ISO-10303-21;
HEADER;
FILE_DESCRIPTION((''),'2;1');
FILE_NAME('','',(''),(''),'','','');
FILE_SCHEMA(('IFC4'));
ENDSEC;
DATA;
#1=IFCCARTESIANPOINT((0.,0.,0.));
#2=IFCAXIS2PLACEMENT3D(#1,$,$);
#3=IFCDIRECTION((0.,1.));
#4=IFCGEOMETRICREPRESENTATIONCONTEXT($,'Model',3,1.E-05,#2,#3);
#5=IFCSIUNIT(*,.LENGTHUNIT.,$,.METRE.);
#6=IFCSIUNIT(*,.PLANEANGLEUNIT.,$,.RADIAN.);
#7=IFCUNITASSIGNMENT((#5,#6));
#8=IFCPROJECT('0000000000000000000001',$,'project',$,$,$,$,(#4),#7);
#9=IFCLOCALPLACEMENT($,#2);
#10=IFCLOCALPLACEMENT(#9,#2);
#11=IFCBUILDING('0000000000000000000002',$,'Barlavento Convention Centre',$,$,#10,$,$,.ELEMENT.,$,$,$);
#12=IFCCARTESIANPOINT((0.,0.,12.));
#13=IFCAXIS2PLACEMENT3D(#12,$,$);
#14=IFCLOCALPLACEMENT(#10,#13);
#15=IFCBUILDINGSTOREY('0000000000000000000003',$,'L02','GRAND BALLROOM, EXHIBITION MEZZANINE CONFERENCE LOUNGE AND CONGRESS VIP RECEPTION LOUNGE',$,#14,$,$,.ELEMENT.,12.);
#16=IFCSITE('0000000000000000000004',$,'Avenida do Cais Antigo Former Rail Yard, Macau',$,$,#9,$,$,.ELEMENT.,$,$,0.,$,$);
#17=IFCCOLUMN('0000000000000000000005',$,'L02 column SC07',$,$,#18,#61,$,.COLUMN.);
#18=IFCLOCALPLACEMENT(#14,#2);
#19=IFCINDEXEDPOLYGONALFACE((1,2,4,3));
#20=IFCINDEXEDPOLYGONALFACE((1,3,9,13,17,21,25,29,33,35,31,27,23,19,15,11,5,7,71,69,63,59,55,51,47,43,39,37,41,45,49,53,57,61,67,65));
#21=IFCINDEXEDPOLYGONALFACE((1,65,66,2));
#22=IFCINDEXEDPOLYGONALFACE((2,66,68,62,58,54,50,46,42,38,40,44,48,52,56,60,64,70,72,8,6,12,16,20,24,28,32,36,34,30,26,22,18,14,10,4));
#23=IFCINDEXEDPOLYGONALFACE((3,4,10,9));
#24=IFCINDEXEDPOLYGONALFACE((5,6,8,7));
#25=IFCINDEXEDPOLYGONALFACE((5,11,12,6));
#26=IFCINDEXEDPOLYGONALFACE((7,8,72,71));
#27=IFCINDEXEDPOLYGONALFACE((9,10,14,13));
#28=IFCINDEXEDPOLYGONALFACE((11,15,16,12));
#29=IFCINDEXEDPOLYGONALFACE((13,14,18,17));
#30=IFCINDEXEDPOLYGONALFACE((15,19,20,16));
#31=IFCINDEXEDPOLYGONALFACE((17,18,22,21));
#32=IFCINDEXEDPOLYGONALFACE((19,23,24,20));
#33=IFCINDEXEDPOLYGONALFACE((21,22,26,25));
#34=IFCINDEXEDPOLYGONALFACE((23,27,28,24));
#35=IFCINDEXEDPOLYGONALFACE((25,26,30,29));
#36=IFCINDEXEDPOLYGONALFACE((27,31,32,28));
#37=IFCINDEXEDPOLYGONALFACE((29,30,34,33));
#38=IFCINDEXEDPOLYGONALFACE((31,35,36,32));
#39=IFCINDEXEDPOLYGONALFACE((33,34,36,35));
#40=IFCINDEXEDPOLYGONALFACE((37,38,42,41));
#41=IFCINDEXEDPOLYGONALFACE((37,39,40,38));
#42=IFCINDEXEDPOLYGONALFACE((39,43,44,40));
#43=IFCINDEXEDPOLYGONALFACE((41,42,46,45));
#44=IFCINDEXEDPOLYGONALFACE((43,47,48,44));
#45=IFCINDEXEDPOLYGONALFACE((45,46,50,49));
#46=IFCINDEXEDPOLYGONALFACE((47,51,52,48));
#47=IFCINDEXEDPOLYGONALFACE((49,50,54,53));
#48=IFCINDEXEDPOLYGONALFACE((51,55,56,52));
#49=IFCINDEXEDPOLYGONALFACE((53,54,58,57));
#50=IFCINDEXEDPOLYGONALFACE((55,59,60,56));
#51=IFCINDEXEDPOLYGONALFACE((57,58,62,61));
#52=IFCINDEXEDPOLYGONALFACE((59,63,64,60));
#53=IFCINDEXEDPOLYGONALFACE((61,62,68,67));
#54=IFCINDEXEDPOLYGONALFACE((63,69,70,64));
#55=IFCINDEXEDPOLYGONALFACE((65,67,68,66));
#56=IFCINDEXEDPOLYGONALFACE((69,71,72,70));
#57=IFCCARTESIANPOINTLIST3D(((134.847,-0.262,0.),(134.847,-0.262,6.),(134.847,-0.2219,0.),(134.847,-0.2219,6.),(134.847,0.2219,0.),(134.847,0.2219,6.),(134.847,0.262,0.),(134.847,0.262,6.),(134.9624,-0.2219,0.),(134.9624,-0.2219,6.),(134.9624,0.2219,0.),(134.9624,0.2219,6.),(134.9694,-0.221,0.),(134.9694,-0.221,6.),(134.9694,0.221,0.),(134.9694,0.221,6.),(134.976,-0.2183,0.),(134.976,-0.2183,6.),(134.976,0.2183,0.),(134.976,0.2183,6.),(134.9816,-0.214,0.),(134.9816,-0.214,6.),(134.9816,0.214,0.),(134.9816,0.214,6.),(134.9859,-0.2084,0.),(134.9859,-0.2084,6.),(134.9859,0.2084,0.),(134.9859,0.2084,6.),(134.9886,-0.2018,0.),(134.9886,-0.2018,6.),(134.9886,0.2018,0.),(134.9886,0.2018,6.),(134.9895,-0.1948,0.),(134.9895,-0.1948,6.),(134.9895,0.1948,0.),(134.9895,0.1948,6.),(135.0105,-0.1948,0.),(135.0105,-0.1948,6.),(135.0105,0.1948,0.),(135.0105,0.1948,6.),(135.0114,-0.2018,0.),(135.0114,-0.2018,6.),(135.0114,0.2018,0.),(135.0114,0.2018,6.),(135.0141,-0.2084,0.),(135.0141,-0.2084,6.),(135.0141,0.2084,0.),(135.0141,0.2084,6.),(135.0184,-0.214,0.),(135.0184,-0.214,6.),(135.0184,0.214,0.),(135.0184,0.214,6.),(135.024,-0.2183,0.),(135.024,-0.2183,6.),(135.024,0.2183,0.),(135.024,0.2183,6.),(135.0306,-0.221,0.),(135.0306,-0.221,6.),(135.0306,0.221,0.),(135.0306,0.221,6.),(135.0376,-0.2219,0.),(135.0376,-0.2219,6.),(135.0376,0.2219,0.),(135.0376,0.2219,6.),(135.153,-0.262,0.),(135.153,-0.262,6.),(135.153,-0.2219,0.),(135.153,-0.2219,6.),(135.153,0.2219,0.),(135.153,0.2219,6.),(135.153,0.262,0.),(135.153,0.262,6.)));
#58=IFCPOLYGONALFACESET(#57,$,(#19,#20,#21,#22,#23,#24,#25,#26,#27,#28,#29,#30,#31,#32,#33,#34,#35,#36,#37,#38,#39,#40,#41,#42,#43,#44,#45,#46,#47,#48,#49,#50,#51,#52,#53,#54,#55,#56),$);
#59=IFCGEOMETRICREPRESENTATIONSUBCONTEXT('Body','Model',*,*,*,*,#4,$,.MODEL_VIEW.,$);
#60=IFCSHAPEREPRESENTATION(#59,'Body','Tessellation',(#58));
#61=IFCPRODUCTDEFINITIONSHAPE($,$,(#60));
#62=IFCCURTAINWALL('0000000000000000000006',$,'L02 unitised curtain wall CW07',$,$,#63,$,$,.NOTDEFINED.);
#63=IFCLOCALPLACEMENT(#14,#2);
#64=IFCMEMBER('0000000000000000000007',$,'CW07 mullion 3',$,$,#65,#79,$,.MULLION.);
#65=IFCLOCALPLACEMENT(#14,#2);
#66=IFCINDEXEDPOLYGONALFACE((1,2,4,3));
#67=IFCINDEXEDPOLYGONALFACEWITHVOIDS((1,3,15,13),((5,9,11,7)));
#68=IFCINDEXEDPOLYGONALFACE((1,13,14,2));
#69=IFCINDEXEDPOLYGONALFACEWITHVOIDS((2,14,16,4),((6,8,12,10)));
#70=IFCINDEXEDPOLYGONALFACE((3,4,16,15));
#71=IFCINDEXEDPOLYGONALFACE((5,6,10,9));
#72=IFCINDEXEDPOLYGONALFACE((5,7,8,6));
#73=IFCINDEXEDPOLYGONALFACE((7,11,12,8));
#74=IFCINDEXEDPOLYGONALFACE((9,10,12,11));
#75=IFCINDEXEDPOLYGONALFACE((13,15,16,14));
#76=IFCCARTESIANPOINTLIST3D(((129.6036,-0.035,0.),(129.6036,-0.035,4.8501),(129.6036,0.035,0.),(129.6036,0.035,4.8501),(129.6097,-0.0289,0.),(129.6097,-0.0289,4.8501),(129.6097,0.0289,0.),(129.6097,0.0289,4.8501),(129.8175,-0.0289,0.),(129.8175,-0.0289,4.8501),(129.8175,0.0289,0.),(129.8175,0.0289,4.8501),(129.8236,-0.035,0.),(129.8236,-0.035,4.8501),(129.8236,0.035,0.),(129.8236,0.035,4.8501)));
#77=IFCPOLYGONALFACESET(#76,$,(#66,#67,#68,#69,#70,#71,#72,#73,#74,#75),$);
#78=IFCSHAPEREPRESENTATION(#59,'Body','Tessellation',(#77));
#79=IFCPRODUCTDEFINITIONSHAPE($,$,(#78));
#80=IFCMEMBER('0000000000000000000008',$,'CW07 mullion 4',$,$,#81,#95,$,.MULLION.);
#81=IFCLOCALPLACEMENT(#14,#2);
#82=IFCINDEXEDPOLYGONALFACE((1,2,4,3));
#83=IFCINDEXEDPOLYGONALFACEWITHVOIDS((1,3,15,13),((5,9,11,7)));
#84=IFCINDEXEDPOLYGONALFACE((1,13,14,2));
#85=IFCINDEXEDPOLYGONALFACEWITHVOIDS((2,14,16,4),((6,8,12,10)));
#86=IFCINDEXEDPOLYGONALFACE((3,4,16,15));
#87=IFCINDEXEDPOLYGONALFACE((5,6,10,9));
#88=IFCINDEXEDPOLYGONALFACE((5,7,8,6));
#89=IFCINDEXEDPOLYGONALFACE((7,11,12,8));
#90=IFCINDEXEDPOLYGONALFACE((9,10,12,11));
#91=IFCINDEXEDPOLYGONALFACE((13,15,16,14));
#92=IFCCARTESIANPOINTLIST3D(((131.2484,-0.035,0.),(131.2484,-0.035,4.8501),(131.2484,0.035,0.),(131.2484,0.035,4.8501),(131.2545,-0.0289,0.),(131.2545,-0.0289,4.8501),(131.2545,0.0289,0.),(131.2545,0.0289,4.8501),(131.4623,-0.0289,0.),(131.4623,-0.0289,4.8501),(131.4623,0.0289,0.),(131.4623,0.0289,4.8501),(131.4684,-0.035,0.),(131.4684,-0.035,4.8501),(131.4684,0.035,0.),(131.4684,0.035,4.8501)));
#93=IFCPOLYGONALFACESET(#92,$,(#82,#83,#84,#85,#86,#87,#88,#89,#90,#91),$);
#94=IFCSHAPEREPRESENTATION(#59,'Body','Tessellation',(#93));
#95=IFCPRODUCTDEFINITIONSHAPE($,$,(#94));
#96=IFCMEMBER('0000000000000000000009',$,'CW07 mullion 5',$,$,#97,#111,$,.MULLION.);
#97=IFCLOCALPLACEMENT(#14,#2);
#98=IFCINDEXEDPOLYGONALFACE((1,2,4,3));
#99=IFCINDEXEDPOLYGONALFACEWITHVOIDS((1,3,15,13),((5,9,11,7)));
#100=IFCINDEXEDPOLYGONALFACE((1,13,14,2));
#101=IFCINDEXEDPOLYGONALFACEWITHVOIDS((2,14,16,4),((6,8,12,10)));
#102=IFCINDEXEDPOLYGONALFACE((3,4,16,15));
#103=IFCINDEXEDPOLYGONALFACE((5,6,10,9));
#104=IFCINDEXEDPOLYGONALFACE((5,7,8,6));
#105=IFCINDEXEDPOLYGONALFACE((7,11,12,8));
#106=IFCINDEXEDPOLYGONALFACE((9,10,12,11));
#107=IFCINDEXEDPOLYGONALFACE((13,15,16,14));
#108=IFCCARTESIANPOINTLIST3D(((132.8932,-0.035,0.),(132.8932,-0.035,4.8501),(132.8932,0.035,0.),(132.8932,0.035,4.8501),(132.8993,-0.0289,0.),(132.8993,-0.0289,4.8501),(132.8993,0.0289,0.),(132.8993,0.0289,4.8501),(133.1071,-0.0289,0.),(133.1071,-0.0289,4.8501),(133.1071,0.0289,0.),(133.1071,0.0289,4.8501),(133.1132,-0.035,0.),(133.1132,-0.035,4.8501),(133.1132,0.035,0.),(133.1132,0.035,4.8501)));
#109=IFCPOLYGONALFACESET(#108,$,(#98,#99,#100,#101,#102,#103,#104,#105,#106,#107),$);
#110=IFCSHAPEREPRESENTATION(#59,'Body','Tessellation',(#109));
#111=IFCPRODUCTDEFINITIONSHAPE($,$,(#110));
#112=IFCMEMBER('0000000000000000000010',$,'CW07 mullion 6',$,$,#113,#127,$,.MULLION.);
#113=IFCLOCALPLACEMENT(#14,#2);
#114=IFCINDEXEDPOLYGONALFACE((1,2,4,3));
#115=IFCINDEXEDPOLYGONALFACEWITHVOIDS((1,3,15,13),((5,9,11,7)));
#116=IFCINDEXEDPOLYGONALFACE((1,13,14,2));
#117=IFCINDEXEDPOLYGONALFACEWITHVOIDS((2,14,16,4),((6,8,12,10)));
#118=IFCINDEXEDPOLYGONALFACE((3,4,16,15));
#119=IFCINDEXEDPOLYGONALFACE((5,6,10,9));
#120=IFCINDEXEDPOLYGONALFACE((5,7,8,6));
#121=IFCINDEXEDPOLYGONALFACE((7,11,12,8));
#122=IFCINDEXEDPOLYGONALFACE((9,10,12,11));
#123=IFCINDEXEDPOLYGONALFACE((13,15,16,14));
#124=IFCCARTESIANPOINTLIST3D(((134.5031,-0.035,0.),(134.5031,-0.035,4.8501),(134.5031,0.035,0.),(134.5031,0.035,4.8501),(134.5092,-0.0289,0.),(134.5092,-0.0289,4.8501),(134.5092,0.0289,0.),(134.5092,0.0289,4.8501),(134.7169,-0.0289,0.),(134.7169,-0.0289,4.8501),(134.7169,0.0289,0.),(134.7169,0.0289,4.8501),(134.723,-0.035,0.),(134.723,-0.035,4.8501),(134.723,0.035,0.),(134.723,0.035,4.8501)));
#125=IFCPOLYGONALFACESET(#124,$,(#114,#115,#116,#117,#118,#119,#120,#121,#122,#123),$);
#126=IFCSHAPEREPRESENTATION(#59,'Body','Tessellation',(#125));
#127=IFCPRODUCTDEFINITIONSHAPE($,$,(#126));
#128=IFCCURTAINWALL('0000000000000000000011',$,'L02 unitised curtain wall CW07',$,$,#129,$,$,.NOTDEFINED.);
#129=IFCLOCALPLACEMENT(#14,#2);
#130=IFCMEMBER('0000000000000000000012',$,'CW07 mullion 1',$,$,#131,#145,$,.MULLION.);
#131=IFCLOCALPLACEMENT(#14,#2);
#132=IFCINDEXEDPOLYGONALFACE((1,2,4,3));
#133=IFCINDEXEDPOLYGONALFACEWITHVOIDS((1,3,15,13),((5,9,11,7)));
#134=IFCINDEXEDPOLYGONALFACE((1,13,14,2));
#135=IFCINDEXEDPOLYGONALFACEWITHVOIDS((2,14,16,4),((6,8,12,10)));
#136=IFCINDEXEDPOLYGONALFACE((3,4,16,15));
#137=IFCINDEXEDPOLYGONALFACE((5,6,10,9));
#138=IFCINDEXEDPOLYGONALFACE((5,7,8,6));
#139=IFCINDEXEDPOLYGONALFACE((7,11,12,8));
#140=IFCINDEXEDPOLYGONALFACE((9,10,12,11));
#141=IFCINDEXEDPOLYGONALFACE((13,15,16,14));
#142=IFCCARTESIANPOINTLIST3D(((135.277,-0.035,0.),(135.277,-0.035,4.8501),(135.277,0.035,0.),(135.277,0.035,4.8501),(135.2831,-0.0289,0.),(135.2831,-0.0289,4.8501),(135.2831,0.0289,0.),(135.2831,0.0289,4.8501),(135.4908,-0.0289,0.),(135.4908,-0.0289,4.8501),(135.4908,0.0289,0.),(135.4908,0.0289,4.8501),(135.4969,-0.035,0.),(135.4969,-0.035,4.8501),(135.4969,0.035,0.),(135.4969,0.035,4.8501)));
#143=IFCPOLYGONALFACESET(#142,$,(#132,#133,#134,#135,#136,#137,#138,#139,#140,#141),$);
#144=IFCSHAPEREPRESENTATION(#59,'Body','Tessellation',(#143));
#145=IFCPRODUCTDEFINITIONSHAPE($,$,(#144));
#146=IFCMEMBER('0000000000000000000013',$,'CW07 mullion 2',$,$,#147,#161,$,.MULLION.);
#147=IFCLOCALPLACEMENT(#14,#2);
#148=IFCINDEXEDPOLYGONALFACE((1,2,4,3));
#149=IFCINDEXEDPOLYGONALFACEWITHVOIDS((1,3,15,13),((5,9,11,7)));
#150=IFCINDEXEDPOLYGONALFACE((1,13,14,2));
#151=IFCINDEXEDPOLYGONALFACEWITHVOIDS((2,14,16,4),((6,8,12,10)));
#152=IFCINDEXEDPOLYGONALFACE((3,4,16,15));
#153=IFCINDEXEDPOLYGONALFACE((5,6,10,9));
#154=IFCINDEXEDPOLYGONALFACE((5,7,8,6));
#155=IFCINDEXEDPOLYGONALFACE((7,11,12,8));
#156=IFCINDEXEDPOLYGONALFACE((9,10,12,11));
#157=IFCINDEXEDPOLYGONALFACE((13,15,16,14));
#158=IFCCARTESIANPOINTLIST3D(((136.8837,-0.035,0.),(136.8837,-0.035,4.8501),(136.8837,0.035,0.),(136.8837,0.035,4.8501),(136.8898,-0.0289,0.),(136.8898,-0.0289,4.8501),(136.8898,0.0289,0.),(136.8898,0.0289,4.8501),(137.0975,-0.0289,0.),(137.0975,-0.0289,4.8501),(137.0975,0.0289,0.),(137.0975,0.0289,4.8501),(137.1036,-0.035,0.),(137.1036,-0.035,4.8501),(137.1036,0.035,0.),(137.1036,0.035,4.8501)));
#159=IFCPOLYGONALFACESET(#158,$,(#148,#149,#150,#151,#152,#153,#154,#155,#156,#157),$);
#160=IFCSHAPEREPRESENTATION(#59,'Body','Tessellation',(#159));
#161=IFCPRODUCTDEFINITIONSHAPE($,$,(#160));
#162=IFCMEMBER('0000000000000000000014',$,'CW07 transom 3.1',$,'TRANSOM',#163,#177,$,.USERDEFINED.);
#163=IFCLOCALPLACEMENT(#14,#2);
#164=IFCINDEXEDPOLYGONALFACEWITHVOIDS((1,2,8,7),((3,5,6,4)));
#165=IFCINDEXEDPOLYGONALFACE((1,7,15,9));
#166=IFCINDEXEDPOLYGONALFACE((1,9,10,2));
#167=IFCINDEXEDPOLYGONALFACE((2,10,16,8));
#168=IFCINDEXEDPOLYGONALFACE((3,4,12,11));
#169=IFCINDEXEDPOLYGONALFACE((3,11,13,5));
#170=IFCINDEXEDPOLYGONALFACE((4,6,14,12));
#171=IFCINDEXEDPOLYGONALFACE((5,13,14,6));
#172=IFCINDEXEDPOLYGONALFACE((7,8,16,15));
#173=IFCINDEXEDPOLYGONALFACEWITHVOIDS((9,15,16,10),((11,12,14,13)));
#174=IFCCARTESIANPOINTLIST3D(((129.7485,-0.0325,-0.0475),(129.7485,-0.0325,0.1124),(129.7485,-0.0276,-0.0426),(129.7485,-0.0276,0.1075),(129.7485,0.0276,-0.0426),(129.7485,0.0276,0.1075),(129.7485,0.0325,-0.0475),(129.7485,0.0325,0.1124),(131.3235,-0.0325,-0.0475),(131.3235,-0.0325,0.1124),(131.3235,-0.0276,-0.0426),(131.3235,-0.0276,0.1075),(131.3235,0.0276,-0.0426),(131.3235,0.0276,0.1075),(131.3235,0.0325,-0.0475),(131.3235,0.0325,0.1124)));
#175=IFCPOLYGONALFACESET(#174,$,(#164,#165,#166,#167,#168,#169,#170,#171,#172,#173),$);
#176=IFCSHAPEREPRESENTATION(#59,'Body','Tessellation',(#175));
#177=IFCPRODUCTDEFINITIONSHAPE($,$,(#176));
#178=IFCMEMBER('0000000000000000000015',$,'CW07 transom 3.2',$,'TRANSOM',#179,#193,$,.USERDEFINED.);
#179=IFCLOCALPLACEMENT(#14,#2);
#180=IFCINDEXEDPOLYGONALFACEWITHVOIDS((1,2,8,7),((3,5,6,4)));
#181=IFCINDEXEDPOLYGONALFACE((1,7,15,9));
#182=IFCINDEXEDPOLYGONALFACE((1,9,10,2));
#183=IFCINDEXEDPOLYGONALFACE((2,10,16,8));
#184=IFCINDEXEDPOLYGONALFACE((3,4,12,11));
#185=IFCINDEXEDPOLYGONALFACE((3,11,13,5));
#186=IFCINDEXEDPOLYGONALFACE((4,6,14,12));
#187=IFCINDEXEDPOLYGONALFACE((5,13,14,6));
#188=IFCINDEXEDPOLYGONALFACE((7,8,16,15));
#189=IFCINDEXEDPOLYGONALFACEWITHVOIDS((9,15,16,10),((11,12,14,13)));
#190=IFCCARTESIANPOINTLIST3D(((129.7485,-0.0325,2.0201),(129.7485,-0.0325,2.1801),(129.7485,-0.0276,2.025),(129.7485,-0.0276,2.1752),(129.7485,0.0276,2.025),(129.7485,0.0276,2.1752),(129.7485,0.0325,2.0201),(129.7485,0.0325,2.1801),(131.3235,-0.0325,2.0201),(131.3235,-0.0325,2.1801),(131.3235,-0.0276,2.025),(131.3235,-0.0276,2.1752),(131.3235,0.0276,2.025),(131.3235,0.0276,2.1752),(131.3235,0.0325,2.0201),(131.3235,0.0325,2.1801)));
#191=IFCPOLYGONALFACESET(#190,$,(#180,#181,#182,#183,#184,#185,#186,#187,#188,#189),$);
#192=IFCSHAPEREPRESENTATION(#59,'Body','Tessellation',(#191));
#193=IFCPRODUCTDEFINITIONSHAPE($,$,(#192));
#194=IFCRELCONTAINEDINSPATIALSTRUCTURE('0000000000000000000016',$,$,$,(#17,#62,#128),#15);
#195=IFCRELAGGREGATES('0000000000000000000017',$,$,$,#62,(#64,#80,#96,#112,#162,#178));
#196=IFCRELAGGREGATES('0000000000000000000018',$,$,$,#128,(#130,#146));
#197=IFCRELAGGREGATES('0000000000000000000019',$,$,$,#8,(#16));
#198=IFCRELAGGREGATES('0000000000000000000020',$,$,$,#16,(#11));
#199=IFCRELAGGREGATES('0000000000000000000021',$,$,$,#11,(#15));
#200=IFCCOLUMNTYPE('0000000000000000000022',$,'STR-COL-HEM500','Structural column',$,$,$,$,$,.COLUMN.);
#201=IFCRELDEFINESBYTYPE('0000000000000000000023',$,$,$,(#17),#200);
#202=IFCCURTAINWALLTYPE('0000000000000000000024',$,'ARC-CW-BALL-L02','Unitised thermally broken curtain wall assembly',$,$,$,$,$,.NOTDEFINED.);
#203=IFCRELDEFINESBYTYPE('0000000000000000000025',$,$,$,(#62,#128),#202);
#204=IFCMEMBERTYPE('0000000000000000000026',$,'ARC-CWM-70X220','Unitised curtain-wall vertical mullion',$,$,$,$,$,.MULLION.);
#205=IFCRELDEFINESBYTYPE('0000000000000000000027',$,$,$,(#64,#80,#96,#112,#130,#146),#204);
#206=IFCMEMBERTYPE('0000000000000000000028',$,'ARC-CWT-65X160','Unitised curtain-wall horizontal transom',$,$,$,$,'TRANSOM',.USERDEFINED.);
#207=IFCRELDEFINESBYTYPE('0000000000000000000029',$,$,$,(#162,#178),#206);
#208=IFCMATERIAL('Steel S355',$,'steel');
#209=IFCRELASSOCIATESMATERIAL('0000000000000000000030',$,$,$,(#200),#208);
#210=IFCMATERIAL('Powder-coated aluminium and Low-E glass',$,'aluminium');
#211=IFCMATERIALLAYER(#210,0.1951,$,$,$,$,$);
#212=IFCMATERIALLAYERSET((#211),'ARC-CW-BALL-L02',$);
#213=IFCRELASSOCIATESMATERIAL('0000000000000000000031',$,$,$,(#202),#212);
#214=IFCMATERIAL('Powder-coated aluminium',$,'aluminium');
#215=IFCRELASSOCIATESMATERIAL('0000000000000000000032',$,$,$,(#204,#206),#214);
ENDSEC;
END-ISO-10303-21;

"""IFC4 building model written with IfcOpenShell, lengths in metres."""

from ifc_helpers import new_model, si_unit, direction, frame, origin, origin_2d, place, context, subcontext, project, spatial, hollow_rectangle, i_section, extrude, material, layer, layer_set, material_profile, profile_set, type_object, element, aggregate, save


model = new_model("IFC4")

# Units and contexts
model_context = context("Model", 3, precision=1e-05, world=origin(), true_north=direction((0.0, 1.0)))
body_context = subcontext(model_context, "Body", "Model", "MODEL_VIEW")
ifc_project = project(units=[si_unit("LENGTHUNIT", "METRE"), si_unit("PLANEANGLEUNIT", "RADIAN")], contexts=[model_context])

# Site, building, storey
site_placement = place(None, origin())
site = spatial("IfcSite", under=ifc_project, at=site_placement, Name="Avenida do Cais Antigo Former Rail Yard, Macau", CompositionType="ELEMENT", RefElevation=0.0)
building_placement = place(site_placement, origin())
building = spatial("IfcBuilding", under=site, at=building_placement, Name="Barlavento Convention Centre", CompositionType="ELEMENT")
storey_placement = place(building_placement, frame((0.0, 0.0, 12.0)))
storey = spatial("IfcBuildingStorey", under=building, at=storey_placement, Name="L02", Description="GRAND BALLROOM, EXHIBITION MEZZANINE CONFERENCE LOUNGE AND CONGRESS VIP RECEPTION LOUNGE", CompositionType="ELEMENT", Elevation=12.0)

# Column
ifc_material_1 = material(Name="Steel S355", Category="steel")
ifc_material_profile_1 = material_profile(ifc_material_1, i_section(OverallWidth=0.3059, OverallDepth=0.5239, WebThickness=0.021, FlangeThickness=0.04, FilletRadius=0.0271, at=origin_2d()), Name="HEM 500")
ifc_profile_set_1 = profile_set([ifc_material_profile_1], Name="Steel S355")
column_type = type_object("IfcColumnType", Name="STR-COL-HEM500", Description="Structural column", PredefinedType="COLUMN", material=ifc_profile_set_1)
column_placement = place(storey_placement, frame((135.0, 0.0, 0.0), z_axis=(0.0, 0.0, 1.0), x_axis=(1.0, 0.0, 0.0)))
element("IfcColumn", 1, at=column_placement, inside=storey, type_object=column_type, Name="L02 column SC07", PredefinedType="COLUMN", context=body_context, shape_type="SweptSolid", body=[
    extrude(i_section(OverallWidth=0.3059, OverallDepth=0.5239, WebThickness=0.021, FlangeThickness=0.04, FilletRadius=0.0271, at=origin_2d()), origin(), (0.0, 0.0, 1.0), 6.0),
])

# Curtain walls, members
ifc_material_2 = material(Name="Powder-coated aluminium and Low-E glass", Category="aluminium")
ifc_layer_1 = layer(ifc_material_2, 0.1951)
ifc_layer_set_1 = layer_set([ifc_layer_1], Name="ARC-CW-BALL-L02")
curtain_wall_type = type_object("IfcCurtainWallType", Name="ARC-CW-BALL-L02", Description="Unitised thermally broken curtain wall assembly", PredefinedType="NOTDEFINED", material=ifc_layer_set_1)
curtain_wall_1_placement = place(storey_placement, origin())
curtain_wall_1 = element("IfcCurtainWall", 2, at=curtain_wall_1_placement, inside=storey, type_object=curtain_wall_type, Name="L02 unitised curtain wall CW07", PredefinedType="NOTDEFINED")
ifc_material_3 = material(Name="Powder-coated aluminium", Category="aluminium")
ifc_material_profile_2 = material_profile(ifc_material_3, hollow_rectangle(XDim=0.0701, YDim=0.22, WallThickness=0.0061, at=origin_2d()), Name="AL-MULL 70x220x6")
ifc_profile_set_2 = profile_set([ifc_material_profile_2], Name="Powder-coated aluminium")
member_type_1 = type_object("IfcMemberType", Name="ARC-CWM-70X220", Description="Unitised curtain-wall vertical mullion", PredefinedType="MULLION", material=ifc_profile_set_2)
member_1_placement = place(storey_placement, frame((129.7136, 0.0, 0.0), z_axis=(0.0, 0.0, 1.0), x_axis=(0.0, 1.0, 0.0)))
member_1 = element("IfcMember", 3, at=member_1_placement, type_object=member_type_1, Name="CW07 mullion 3", PredefinedType="MULLION", context=body_context, shape_type="SweptSolid", body=[
    extrude(hollow_rectangle(XDim=0.0701, YDim=0.22, WallThickness=0.0061, at=origin_2d()), origin(), (0.0, 0.0, 1.0), 4.8501),
])
member_2_placement = place(storey_placement, frame((131.3584, 0.0, 0.0), z_axis=(0.0, 0.0, 1.0), x_axis=(0.0, 1.0, 0.0)))
member_2 = element("IfcMember", 4, at=member_2_placement, type_object=member_type_1, Name="CW07 mullion 4", PredefinedType="MULLION", context=body_context, shape_type="SweptSolid", body=[
    extrude(hollow_rectangle(XDim=0.0701, YDim=0.22, WallThickness=0.0061, at=origin_2d()), origin(), (0.0, 0.0, 1.0), 4.8501),
])
member_3_placement = place(storey_placement, frame((133.0032, 0.0, 0.0), z_axis=(0.0, 0.0, 1.0), x_axis=(0.0, 1.0, 0.0)))
member_3 = element("IfcMember", 5, at=member_3_placement, type_object=member_type_1, Name="CW07 mullion 5", PredefinedType="MULLION", context=body_context, shape_type="SweptSolid", body=[
    extrude(hollow_rectangle(XDim=0.0701, YDim=0.22, WallThickness=0.0061, at=origin_2d()), origin(), (0.0, 0.0, 1.0), 4.8501),
])
member_4_placement = place(storey_placement, frame((134.613, 0.0, 0.0), z_axis=(0.0, 0.0, 1.0), x_axis=(0.0, 1.0, 0.0)))
member_4 = element("IfcMember", 6, at=member_4_placement, type_object=member_type_1, Name="CW07 mullion 6", PredefinedType="MULLION", context=body_context, shape_type="SweptSolid", body=[
    extrude(hollow_rectangle(XDim=0.0701, YDim=0.22, WallThickness=0.0061, at=origin_2d()), origin(), (0.0, 0.0, 1.0), 4.8501),
])
curtain_wall_2_placement = place(storey_placement, origin())
curtain_wall_2 = element("IfcCurtainWall", 7, at=curtain_wall_2_placement, inside=storey, type_object=curtain_wall_type, Name="L02 unitised curtain wall CW07", PredefinedType="NOTDEFINED")
member_5_placement = place(storey_placement, frame((135.387, 0.0, 0.0), z_axis=(0.0, 0.0, 1.0), x_axis=(0.0, 1.0, 0.0)))
member_5 = element("IfcMember", 8, at=member_5_placement, type_object=member_type_1, Name="CW07 mullion 1", PredefinedType="MULLION", context=body_context, shape_type="SweptSolid", body=[
    extrude(hollow_rectangle(XDim=0.0701, YDim=0.22, WallThickness=0.0061, at=origin_2d()), origin(), (0.0, 0.0, 1.0), 4.8501),
])
member_6_placement = place(storey_placement, frame((136.9937, 0.0, 0.0), z_axis=(0.0, 0.0, 1.0), x_axis=(0.0, 1.0, 0.0)))
member_6 = element("IfcMember", 9, at=member_6_placement, type_object=member_type_1, Name="CW07 mullion 2", PredefinedType="MULLION", context=body_context, shape_type="SweptSolid", body=[
    extrude(hollow_rectangle(XDim=0.0701, YDim=0.22, WallThickness=0.0061, at=origin_2d()), origin(), (0.0, 0.0, 1.0), 4.8501),
])

# Members
ifc_material_profile_3 = material_profile(ifc_material_3, hollow_rectangle(XDim=0.0649, YDim=0.1599, WallThickness=0.0049, at=origin_2d()), Name="AL-TRAN 65x160x5")
ifc_profile_set_3 = profile_set([ifc_material_profile_3], Name="Powder-coated aluminium")
member_type_2 = type_object("IfcMemberType", Name="ARC-CWT-65X160", Description="Unitised curtain-wall horizontal transom", ElementType="TRANSOM", PredefinedType="USERDEFINED", material=ifc_profile_set_3)
member_7_placement = place(storey_placement, frame((129.7485, 0.0, 0.0325), z_axis=(1.0, 0.0, 0.0), x_axis=(0.0, 1.0, 0.0)))
member_7 = element("IfcMember", 10, at=member_7_placement, type_object=member_type_2, Name="CW07 transom 3.1", ObjectType="TRANSOM", PredefinedType="USERDEFINED", context=body_context, shape_type="SweptSolid", body=[
    extrude(hollow_rectangle(XDim=0.0649, YDim=0.1599, WallThickness=0.0049, at=origin_2d()), origin(), (0.0, 0.0, 1.0), 1.575),
])
member_8_placement = place(storey_placement, frame((129.7485, 0.0, 2.1001), z_axis=(1.0, 0.0, 0.0), x_axis=(0.0, 1.0, 0.0)))
member_8 = element("IfcMember", 11, at=member_8_placement, type_object=member_type_2, Name="CW07 transom 3.2", ObjectType="TRANSOM", PredefinedType="USERDEFINED", context=body_context, shape_type="SweptSolid", body=[
    extrude(hollow_rectangle(XDim=0.0649, YDim=0.1599, WallThickness=0.0049, at=origin_2d()), origin(), (0.0, 0.0, 1.0), 1.575),
])

aggregate(curtain_wall_1, [member_1, member_2, member_3, member_4, member_7, member_8])
aggregate(curtain_wall_2, [member_5, member_6])

save(model, "model.ifc")
